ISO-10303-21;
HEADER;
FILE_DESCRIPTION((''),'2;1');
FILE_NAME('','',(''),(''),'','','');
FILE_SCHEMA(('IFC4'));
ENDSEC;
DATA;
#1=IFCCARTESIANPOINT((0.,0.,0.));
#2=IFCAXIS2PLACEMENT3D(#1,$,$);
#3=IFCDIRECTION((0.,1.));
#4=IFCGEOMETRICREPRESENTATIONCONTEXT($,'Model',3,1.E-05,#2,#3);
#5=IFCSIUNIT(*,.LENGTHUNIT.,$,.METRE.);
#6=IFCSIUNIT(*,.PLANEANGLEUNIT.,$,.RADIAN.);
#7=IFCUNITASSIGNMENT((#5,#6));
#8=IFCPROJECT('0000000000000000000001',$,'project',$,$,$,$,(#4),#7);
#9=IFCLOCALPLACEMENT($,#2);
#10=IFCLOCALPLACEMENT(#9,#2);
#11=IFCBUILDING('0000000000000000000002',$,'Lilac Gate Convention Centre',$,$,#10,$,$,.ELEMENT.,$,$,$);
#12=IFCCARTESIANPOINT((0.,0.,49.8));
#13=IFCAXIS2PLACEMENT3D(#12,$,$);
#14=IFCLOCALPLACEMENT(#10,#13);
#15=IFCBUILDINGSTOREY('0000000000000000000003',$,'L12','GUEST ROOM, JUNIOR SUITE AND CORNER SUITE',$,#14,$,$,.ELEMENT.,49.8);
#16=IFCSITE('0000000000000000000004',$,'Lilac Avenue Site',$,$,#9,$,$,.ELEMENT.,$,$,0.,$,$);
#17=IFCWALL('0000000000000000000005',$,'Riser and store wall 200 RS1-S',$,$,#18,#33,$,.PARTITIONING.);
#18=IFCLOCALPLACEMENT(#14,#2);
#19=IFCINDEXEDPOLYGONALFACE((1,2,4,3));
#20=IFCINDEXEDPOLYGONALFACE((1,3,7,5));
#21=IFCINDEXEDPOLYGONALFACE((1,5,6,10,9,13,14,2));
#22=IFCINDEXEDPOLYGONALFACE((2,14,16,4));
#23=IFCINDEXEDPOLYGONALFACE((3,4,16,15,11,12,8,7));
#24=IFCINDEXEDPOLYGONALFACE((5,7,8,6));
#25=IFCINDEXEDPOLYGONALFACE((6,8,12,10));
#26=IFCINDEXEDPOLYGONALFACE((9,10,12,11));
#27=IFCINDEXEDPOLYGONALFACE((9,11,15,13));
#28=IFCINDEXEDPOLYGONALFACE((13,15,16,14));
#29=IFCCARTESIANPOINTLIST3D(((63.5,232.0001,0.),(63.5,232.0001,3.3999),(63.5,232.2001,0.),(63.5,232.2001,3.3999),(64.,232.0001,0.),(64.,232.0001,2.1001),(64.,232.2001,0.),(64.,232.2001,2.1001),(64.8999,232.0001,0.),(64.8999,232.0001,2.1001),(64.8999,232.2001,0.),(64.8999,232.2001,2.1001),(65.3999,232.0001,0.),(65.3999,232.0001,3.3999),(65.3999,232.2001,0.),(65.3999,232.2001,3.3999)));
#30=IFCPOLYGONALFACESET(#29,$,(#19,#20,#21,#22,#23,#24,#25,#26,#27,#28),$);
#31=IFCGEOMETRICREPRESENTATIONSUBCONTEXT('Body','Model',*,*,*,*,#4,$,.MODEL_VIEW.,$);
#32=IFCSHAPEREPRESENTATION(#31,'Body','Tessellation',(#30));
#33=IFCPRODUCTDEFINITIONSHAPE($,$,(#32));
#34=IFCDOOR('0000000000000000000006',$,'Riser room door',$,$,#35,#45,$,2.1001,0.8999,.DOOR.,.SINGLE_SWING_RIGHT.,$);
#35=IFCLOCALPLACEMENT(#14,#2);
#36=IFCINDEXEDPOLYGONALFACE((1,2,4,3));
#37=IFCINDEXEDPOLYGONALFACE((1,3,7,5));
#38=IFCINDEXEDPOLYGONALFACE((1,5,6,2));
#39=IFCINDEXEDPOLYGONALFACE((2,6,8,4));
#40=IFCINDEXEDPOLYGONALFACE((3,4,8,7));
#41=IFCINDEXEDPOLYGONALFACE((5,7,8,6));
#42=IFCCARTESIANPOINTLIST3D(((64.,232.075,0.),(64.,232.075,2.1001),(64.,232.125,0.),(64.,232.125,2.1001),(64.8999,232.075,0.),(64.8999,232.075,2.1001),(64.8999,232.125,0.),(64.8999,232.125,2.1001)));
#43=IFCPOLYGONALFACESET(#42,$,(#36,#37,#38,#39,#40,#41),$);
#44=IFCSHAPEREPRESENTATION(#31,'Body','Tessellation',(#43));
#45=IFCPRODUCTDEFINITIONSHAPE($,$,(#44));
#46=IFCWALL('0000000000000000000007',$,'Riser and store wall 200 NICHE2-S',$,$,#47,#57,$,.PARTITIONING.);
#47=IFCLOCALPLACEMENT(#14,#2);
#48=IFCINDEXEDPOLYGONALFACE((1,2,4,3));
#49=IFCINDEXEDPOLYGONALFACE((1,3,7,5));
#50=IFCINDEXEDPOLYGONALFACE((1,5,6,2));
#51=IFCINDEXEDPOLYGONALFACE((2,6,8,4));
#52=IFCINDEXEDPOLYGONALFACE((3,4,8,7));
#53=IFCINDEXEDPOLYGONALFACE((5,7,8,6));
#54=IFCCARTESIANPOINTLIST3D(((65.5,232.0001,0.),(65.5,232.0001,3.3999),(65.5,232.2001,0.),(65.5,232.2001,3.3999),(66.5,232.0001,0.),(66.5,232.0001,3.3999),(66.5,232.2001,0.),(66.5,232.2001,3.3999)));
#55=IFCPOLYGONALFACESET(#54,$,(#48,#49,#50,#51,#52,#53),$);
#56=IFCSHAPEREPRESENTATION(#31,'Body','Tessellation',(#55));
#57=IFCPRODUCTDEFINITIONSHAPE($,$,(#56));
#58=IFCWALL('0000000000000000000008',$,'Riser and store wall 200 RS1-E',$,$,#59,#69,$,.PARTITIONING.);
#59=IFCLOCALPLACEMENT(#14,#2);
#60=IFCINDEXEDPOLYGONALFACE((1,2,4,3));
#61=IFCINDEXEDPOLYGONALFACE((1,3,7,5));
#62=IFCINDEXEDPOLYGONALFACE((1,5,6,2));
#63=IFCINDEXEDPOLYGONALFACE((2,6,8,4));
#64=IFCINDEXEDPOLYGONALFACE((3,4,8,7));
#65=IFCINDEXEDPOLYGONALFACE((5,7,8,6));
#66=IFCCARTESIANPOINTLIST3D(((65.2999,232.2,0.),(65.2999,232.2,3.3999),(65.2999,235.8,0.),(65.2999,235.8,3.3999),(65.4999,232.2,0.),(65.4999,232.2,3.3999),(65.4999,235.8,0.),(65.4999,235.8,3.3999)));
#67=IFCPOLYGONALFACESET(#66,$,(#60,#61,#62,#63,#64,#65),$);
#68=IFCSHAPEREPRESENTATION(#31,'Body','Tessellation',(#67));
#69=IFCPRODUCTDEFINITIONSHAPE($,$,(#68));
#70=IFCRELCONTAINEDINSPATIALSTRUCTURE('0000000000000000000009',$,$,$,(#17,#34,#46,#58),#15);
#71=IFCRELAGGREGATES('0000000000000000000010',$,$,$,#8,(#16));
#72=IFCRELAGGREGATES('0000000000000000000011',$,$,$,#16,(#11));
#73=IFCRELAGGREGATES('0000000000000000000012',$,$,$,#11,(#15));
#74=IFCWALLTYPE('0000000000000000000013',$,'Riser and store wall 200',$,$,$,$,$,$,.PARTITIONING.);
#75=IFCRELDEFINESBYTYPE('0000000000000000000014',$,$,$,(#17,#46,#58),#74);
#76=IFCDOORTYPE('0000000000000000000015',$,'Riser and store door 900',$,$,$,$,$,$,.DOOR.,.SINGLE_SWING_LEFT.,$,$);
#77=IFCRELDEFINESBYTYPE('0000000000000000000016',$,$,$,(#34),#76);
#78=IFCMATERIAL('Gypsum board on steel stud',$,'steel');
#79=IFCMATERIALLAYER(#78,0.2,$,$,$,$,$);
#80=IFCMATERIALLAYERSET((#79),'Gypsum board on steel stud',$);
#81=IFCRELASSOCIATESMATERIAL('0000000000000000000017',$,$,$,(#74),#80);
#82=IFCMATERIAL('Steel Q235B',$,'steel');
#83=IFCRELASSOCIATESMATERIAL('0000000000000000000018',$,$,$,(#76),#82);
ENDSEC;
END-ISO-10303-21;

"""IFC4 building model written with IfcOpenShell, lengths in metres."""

from ifc_helpers import new_model, si_unit, direction, frame, frame_2d, origin, place, context, subcontext, project, spatial, rectangle, extrude, material, layer, layer_set, type_object, element, fill, save


model = new_model("IFC4")

# Units and contexts
model_context = context("Model", 3, precision=1e-05, world=origin(), true_north=direction((0.0, 1.0)))
body_context = subcontext(model_context, "Body", "Model", "MODEL_VIEW")
ifc_project = project(units=[si_unit("LENGTHUNIT", "METRE"), si_unit("PLANEANGLEUNIT", "RADIAN")], contexts=[model_context])

# Site, building, storey
site_placement = place(None, origin())
site = spatial("IfcSite", under=ifc_project, at=site_placement, Name="Lilac Avenue Site", CompositionType="ELEMENT", RefElevation=0.0)
building_placement = place(site_placement, origin())
building = spatial("IfcBuilding", under=site, at=building_placement, Name="Lilac Gate Convention Centre", CompositionType="ELEMENT")
storey_placement = place(building_placement, frame((0.0, 0.0, 49.8)))
storey = spatial("IfcBuildingStorey", under=building, at=storey_placement, Name="L12", Description="GUEST ROOM, JUNIOR SUITE AND CORNER SUITE", CompositionType="ELEMENT", Elevation=49.8)

# Wall, opening, door
ifc_material_1 = material(Name="Gypsum board on steel stud", Category="steel")
ifc_layer_1 = layer(ifc_material_1, 0.2)
ifc_layer_set_1 = layer_set([ifc_layer_1], Name="Gypsum board on steel stud")
wall_type_1 = type_object("IfcWallType", Name="Riser and store wall 200", PredefinedType="PARTITIONING", material=ifc_layer_set_1)
wall_1_placement = place(storey_placement, frame((63.5, 232.1001, 0.0), z_axis=(0.0, 0.0, 1.0), x_axis=(1.0, 0.0, 0.0)))
wall_1 = element("IfcWall", 1, at=wall_1_placement, inside=storey, type_object=wall_type_1, Name="Riser and store wall 200 RS1-S", PredefinedType="PARTITIONING", context=body_context, shape_type="SweptSolid", body=[
    extrude(rectangle(XDim=1.8999, YDim=0.2, at=frame_2d((0.95, 0.0))), origin(), (0.0, 0.0, 1.0), 3.3999),
])
opening_1_placement = place(wall_1_placement, frame((0.5, 0.0, 0.0)))
opening_1 = element("IfcOpeningElement", 2, at=opening_1_placement, cuts=wall_1, PredefinedType="OPENING", context=body_context, shape_type="SweptSolid", body=[
    extrude(rectangle(XDim=0.8999, YDim=2.1001, at=frame_2d((0.45, 1.05))), frame((0.0, 0.1099, 0.0), z_axis=(0.0, -1.0, 0.0), x_axis=(1.0, 0.0, 0.0)), (0.0, 0.0, 1.0), 0.22),
])
ifc_material_2 = material(Name="Steel Q235B", Category="steel")
door_type_1 = type_object("IfcDoorType", Name="Riser and store door 900", OperationType="SINGLE_SWING_LEFT", PredefinedType="DOOR", material=ifc_material_2)
door_1_placement = place(opening_1_placement, origin())
door_1 = element("IfcDoor", 3, at=door_1_placement, inside=storey, type_object=door_type_1, Name="Riser room door", OperationType="SINGLE_SWING_RIGHT", OverallHeight=2.1001, OverallWidth=0.8999, PredefinedType="DOOR", context=body_context, shape_type="SweptSolid", body=[
    extrude(rectangle(XDim=0.8999, YDim=2.1001, at=frame_2d((0.45, 1.05))), frame((0.0, 0.0249, 0.0), z_axis=(0.0, -1.0, 0.0), x_axis=(1.0, 0.0, 0.0)), (0.0, 0.0, 1.0), 0.05),
])
fill(opening_1, door_1)

# Walls
wall_2_placement = place(storey_placement, frame((65.5, 232.1001, 0.0), z_axis=(0.0, 0.0, 1.0), x_axis=(1.0, 0.0, 0.0)))
element("IfcWall", 4, at=wall_2_placement, inside=storey, type_object=wall_type_1, Name="Riser and store wall 200 NICHE2-S", PredefinedType="PARTITIONING", context=body_context, shape_type="SweptSolid", body=[
    extrude(rectangle(XDim=1.0, YDim=0.2, at=frame_2d((0.5, 0.0))), origin(), (0.0, 0.0, 1.0), 3.3999),
])
wall_3_placement = place(storey_placement, frame((65.3999, 232.2, 0.0), z_axis=(0.0, 0.0, 1.0), x_axis=(0.0, 1.0, 0.0)))
element("IfcWall", 5, at=wall_3_placement, inside=storey, type_object=wall_type_1, Name="Riser and store wall 200 RS1-E", PredefinedType="PARTITIONING", context=body_context, shape_type="SweptSolid", body=[
    extrude(rectangle(XDim=3.6001, YDim=0.2, at=frame_2d((1.8, 0.0))), origin(), (0.0, 0.0, 1.0), 3.3999),
])

save(model, "model.ifc")
